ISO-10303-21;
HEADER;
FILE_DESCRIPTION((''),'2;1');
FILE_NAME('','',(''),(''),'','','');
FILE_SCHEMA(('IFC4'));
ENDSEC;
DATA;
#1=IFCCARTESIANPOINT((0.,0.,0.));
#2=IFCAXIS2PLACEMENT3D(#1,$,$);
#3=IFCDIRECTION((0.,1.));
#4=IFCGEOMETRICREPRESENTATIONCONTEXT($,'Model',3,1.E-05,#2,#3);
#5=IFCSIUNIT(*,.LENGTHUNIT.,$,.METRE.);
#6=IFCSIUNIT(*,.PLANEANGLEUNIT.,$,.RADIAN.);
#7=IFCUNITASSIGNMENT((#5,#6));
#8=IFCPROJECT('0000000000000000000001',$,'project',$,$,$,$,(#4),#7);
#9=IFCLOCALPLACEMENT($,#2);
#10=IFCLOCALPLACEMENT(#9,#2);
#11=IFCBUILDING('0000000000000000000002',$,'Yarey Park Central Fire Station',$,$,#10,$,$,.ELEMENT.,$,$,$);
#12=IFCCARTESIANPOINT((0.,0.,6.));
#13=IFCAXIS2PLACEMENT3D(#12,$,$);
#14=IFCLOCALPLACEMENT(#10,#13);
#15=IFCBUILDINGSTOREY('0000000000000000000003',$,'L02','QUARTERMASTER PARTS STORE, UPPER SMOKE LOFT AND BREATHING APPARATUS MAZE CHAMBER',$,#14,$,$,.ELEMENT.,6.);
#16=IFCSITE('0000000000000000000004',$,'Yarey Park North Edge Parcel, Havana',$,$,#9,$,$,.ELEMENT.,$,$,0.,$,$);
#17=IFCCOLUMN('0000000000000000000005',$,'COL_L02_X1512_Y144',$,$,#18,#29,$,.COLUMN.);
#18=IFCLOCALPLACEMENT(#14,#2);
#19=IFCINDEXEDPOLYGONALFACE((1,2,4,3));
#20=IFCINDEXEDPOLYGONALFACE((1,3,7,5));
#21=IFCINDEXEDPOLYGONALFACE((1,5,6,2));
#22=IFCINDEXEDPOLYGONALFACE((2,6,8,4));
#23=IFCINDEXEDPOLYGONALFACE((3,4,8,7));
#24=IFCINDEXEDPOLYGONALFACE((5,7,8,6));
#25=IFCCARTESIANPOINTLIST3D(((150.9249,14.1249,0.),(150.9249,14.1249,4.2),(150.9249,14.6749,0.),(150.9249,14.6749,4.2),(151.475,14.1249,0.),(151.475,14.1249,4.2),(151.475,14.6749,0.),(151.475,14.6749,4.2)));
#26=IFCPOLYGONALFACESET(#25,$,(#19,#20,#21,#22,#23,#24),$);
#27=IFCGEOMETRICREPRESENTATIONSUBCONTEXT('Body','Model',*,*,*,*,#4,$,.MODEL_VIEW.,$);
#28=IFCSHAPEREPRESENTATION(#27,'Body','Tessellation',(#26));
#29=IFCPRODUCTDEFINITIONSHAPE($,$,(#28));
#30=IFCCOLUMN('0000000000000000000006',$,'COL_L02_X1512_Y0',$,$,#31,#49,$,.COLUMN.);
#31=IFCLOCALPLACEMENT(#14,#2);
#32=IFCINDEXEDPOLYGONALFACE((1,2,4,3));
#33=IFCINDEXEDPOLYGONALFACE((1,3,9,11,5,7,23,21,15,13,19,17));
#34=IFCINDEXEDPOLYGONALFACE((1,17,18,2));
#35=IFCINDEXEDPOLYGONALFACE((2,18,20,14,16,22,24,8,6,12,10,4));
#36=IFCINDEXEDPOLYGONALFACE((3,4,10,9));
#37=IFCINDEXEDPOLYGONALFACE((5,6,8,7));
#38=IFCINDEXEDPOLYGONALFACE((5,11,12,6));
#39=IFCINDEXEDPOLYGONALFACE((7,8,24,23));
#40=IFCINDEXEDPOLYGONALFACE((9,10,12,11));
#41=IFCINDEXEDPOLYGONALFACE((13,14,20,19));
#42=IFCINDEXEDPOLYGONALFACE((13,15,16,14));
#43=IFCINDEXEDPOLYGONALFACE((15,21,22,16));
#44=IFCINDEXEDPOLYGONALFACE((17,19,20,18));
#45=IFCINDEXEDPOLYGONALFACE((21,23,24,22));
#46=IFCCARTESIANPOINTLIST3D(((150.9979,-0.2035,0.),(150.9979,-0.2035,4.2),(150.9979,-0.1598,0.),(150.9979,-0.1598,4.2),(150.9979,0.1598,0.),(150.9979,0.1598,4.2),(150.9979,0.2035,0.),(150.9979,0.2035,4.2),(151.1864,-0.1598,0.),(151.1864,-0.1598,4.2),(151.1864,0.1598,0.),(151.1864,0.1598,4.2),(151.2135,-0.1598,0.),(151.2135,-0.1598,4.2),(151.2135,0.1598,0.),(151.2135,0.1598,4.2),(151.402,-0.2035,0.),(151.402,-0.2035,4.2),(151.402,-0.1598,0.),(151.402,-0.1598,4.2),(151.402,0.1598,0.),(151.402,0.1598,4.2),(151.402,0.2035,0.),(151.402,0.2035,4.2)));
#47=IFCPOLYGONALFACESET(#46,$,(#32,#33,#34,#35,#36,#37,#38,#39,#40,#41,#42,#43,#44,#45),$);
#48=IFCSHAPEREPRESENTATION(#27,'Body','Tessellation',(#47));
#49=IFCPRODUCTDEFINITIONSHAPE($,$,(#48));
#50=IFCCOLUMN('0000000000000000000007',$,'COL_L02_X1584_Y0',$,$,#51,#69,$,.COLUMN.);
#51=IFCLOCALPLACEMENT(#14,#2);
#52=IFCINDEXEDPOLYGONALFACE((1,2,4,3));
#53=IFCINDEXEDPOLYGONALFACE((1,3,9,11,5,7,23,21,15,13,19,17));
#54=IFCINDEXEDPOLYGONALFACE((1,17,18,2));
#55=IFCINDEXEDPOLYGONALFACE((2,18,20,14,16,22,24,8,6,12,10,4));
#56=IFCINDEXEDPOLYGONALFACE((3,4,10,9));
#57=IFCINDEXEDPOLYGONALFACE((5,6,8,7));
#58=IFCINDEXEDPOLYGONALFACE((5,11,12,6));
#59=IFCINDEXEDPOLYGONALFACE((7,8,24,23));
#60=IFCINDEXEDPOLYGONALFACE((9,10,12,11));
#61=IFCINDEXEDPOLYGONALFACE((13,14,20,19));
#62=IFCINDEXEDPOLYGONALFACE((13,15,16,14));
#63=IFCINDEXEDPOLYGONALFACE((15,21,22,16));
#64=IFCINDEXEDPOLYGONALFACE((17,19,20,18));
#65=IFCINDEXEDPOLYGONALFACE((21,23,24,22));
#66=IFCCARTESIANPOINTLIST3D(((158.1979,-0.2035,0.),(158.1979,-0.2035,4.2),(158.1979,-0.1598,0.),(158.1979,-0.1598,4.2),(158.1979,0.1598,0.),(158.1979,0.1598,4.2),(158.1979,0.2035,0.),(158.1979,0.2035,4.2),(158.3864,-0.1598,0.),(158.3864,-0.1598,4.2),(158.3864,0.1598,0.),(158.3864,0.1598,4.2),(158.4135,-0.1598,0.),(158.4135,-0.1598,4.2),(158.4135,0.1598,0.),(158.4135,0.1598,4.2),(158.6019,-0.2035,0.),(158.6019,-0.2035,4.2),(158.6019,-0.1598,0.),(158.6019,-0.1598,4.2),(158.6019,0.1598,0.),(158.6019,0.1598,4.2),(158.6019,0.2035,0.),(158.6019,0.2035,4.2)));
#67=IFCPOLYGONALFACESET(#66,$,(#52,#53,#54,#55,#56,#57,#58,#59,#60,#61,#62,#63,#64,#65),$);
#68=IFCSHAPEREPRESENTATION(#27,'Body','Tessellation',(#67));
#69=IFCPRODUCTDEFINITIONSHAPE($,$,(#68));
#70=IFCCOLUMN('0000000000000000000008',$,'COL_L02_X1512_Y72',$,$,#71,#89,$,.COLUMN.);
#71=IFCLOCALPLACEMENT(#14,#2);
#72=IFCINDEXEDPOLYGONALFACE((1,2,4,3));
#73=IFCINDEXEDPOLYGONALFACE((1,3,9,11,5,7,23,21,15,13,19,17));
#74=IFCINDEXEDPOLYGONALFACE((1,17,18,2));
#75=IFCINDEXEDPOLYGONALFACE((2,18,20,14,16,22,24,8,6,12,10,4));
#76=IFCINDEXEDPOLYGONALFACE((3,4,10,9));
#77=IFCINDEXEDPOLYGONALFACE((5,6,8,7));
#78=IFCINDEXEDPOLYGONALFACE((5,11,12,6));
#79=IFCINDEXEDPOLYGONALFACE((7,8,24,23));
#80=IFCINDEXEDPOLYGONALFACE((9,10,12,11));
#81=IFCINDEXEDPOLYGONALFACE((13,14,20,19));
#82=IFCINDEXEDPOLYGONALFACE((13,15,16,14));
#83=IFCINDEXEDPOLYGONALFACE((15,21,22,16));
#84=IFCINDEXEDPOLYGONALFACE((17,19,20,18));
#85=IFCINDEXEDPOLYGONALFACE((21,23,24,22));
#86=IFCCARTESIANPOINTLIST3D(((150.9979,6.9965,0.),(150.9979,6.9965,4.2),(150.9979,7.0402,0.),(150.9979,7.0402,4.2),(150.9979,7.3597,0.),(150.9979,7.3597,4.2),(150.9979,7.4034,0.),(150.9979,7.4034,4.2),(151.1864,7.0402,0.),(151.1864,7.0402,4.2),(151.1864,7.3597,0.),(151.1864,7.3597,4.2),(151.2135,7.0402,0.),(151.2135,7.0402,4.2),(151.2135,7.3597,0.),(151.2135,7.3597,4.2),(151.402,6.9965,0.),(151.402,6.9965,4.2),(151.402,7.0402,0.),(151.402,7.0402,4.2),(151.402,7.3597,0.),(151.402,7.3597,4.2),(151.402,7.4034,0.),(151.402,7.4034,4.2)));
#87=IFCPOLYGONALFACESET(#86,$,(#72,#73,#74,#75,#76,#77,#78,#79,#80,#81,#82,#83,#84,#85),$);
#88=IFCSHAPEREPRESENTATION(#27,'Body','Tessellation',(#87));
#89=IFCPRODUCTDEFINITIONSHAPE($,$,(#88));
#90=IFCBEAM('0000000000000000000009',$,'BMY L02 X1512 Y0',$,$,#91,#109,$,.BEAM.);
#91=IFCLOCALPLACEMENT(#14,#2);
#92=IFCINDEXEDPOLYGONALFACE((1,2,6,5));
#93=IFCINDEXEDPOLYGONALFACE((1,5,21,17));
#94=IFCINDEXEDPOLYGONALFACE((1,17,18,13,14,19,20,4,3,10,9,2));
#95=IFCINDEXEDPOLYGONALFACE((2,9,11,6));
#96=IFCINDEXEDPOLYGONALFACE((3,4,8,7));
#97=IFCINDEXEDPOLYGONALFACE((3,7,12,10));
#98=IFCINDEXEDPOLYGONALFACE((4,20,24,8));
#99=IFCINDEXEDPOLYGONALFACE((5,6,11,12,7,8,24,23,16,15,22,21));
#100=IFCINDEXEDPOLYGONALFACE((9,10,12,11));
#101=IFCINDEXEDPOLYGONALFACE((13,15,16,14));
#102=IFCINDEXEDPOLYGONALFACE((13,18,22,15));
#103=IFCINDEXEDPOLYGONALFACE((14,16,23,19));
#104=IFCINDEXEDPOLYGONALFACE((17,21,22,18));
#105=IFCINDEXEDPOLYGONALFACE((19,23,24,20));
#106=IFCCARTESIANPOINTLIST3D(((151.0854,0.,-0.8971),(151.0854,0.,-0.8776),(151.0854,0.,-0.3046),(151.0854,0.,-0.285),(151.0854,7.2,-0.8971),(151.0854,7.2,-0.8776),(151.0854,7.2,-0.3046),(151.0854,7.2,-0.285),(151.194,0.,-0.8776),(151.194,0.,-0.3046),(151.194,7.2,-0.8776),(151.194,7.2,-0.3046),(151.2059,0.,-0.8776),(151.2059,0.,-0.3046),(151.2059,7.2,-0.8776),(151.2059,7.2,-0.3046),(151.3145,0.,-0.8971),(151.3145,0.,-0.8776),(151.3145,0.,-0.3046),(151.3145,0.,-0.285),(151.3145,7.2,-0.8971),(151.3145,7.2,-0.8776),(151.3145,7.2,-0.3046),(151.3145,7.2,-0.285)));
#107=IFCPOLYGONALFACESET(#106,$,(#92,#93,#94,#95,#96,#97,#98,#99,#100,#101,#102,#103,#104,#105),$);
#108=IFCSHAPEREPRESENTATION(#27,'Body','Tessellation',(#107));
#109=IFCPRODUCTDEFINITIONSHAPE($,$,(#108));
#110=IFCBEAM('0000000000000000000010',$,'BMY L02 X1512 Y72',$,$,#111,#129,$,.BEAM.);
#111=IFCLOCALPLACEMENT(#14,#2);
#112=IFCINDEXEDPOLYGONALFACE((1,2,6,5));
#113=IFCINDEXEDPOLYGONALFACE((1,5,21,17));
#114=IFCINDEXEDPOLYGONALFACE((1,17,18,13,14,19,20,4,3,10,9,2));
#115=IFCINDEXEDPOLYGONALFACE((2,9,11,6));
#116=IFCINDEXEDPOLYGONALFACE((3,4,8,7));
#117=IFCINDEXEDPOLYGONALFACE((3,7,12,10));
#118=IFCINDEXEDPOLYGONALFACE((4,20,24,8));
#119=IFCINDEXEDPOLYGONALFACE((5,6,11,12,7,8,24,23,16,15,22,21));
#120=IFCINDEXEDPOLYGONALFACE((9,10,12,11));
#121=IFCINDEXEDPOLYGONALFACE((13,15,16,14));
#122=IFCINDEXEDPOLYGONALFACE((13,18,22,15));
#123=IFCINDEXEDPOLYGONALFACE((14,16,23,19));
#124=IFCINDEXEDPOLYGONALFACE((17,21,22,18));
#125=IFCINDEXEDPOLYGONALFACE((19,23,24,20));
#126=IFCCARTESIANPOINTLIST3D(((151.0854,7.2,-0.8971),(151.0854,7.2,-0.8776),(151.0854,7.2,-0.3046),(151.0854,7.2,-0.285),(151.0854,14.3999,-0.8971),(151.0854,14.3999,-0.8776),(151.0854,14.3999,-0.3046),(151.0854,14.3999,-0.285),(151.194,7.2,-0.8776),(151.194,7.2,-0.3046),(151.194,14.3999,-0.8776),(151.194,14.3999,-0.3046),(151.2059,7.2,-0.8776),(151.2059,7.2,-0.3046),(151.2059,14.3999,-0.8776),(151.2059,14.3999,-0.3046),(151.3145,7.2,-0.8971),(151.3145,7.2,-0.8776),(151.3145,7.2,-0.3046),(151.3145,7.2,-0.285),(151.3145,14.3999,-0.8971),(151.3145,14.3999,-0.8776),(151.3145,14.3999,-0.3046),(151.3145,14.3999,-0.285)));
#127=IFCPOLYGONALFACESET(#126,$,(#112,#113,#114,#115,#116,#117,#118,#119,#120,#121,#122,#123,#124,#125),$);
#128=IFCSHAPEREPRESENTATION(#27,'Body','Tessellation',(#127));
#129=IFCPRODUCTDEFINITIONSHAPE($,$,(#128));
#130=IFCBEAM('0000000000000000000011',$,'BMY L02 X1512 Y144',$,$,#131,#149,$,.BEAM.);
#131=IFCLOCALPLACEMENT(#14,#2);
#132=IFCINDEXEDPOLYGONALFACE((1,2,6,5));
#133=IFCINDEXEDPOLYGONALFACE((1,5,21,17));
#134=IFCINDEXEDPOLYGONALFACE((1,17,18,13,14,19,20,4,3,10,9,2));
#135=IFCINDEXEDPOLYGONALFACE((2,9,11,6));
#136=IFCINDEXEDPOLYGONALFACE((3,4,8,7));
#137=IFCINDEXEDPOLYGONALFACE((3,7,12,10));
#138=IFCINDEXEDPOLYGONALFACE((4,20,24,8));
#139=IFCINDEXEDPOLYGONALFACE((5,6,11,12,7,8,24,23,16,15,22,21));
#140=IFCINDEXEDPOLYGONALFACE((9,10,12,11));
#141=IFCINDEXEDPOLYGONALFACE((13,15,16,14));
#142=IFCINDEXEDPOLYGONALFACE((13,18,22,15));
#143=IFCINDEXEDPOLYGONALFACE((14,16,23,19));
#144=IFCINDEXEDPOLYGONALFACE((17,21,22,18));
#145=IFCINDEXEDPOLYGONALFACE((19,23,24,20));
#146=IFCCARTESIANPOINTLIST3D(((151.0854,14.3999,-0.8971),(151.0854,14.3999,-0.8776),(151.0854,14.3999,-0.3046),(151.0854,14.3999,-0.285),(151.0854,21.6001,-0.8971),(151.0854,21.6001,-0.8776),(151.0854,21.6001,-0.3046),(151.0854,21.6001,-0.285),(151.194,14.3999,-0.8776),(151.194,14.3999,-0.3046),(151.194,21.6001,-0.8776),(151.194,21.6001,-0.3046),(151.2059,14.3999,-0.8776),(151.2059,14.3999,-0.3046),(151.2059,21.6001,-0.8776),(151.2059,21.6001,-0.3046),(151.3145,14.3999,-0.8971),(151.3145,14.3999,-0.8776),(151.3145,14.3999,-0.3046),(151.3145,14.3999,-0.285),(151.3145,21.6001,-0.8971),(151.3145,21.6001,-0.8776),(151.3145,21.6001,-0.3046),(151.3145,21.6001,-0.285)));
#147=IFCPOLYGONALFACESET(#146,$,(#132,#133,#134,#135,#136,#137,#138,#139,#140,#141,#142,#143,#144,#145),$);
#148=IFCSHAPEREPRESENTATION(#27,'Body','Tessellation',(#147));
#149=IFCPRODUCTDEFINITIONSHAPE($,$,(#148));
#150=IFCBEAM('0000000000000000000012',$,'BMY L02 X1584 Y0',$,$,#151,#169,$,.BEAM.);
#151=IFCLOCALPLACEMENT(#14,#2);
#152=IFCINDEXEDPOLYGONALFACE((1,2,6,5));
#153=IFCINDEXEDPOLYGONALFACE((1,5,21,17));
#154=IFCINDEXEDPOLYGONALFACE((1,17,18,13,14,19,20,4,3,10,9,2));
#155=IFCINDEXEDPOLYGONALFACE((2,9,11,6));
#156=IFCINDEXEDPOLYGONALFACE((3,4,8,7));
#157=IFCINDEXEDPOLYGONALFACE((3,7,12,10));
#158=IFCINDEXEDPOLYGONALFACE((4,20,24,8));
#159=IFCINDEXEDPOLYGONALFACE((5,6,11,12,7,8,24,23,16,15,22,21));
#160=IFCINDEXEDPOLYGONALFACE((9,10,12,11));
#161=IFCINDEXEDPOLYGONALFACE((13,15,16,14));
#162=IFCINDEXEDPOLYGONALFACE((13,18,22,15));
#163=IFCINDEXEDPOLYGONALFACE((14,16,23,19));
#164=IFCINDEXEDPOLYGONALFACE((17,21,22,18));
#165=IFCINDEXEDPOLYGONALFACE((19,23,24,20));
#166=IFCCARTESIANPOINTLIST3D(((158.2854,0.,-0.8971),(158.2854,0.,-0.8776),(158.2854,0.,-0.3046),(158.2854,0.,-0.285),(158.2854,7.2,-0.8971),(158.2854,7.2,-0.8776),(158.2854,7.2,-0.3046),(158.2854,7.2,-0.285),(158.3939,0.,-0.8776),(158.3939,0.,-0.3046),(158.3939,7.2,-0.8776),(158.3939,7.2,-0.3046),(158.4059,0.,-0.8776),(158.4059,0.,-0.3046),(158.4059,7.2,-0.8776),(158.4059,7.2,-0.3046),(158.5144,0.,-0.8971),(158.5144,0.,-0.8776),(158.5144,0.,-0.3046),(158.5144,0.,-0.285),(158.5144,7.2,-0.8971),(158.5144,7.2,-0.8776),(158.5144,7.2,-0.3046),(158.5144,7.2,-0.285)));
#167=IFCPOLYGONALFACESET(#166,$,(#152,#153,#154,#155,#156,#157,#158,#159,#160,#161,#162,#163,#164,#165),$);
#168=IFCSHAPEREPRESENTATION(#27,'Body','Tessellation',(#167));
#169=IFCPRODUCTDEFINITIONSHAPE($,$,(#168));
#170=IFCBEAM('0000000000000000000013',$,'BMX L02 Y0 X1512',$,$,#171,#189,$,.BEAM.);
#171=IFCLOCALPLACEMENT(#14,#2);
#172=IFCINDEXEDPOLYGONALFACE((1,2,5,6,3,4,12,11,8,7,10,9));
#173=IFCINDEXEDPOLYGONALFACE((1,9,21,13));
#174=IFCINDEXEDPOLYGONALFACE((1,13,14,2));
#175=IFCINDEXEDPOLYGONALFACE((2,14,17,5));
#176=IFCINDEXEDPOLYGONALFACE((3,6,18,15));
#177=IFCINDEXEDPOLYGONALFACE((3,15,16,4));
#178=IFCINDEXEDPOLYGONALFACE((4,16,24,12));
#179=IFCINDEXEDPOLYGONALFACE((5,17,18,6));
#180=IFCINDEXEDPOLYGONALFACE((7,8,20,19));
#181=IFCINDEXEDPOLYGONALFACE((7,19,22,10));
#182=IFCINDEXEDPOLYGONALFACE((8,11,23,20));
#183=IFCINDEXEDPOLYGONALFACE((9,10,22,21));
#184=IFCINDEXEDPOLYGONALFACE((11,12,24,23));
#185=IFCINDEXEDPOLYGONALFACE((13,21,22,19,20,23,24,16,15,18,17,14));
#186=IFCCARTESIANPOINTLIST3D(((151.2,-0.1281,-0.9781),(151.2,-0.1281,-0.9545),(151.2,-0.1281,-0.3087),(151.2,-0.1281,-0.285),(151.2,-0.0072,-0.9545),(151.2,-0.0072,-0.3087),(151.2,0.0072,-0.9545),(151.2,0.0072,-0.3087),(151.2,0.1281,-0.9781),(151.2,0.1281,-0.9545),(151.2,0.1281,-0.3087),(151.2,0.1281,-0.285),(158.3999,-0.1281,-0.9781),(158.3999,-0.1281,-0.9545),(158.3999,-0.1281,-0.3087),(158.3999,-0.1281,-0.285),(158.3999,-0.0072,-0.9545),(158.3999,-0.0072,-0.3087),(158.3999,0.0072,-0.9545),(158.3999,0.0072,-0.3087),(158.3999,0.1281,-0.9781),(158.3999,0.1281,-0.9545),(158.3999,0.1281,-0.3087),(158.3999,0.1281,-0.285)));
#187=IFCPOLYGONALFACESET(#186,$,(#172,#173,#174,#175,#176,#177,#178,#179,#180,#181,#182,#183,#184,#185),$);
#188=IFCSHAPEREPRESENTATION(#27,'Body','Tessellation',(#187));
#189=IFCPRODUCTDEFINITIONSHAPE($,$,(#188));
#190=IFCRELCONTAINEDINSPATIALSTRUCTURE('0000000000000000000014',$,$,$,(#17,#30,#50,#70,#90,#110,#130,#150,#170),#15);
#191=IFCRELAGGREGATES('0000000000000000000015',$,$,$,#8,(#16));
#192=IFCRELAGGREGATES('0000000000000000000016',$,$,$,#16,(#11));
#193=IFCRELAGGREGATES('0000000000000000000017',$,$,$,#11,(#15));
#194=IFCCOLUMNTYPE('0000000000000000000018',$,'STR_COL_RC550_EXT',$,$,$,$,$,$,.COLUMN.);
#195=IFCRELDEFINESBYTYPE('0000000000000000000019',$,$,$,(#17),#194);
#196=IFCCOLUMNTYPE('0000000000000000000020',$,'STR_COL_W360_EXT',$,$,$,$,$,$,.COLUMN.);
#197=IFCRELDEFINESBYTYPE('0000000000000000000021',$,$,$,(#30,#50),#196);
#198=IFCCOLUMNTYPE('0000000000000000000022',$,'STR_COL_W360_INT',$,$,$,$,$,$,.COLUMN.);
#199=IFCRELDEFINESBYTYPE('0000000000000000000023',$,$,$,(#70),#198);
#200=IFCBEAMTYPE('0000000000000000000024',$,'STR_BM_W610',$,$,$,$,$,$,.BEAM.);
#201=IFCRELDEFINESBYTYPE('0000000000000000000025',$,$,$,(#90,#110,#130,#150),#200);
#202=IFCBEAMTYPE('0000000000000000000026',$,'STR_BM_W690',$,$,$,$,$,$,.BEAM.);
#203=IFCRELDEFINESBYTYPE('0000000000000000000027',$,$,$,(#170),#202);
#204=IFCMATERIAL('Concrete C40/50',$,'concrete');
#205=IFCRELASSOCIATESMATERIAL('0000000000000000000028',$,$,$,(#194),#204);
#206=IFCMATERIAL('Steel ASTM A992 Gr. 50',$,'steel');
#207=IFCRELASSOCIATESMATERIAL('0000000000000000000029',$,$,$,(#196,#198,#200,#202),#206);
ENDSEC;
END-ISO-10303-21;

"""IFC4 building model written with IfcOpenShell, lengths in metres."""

from ifc_helpers import new_model, si_unit, direction, frame, origin, origin_2d, place, context, subcontext, project, spatial, rectangle, i_section, extrude, material, material_profile, profile_set, type_object, element, save


model = new_model("IFC4")

# Units and contexts
model_context = context("Model", 3, precision=1e-05, world=origin(), true_north=direction((0.0, 1.0)))
body_context = subcontext(model_context, "Body", "Model", "MODEL_VIEW")
ifc_project = project(units=[si_unit("LENGTHUNIT", "METRE"), si_unit("PLANEANGLEUNIT", "RADIAN")], contexts=[model_context])

# Site, building, storey
site_placement = place(None, origin())
site = spatial("IfcSite", under=ifc_project, at=site_placement, Name="Yarey Park North Edge Parcel, Havana", CompositionType="ELEMENT", RefElevation=0.0)
building_placement = place(site_placement, origin())
building = spatial("IfcBuilding", under=site, at=building_placement, Name="Yarey Park Central Fire Station", CompositionType="ELEMENT")
storey_placement = place(building_placement, frame((0.0, 0.0, 6.0)))
storey = spatial("IfcBuildingStorey", under=building, at=storey_placement, Name="L02", Description="QUARTERMASTER PARTS STORE, UPPER SMOKE LOFT AND BREATHING APPARATUS MAZE CHAMBER", CompositionType="ELEMENT", Elevation=6.0)

# Columns
ifc_material_1 = material(Name="Concrete C40/50", Category="concrete")
ifc_material_profile_1 = material_profile(ifc_material_1, rectangle(XDim=0.55, YDim=0.55, at=origin_2d()), Name="RC 550x550")
ifc_profile_set_1 = profile_set([ifc_material_profile_1], Name="Concrete C40/50")
column_type_1 = type_object("IfcColumnType", Name="STR_COL_RC550_EXT", PredefinedType="COLUMN", material=ifc_profile_set_1)
column_1_placement = place(storey_placement, frame((151.2, 14.3999, 0.0), z_axis=(0.0, 0.0, 1.0), x_axis=(1.0, 0.0, 0.0)))
element("IfcColumn", 1, at=column_1_placement, inside=storey, type_object=column_type_1, Name="COL_L02_X1512_Y144", PredefinedType="COLUMN", context=body_context, shape_type="SweptSolid", body=[
    extrude(rectangle(XDim=0.55, YDim=0.55, at=origin_2d()), origin(), (0.0, 0.0, 1.0), 4.2),
])
ifc_material_2 = material(Name="Steel ASTM A992 Gr. 50", Category="steel")
ifc_material_profile_2 = material_profile(ifc_material_2, i_section(OverallWidth=0.4041, OverallDepth=0.407, WebThickness=0.0271, FlangeThickness=0.0437, at=origin_2d()), Name="W360x347")
ifc_profile_set_2 = profile_set([ifc_material_profile_2], Name="Steel ASTM A992 Gr. 50")
column_type_2 = type_object("IfcColumnType", Name="STR_COL_W360_EXT", PredefinedType="COLUMN", material=ifc_profile_set_2)
for number, where, z_axis, x_axis, name in (
    (2, (151.2, 0.0, 0.0), (0.0, 0.0, 1.0), (1.0, 0.0, 0.0), "COL_L02_X1512_Y0"),
    (3, (158.3999, 0.0, 0.0), (0.0, 0.0, 1.0), (1.0, 0.0, 0.0), "COL_L02_X1584_Y0"),
):
    element("IfcColumn", number, at=place(storey_placement, frame(where, z_axis=z_axis, x_axis=x_axis)), inside=storey, type_object=column_type_2, Name=name, PredefinedType="COLUMN", context=body_context, shape_type="SweptSolid", body=[
        extrude(i_section(OverallWidth=0.4041, OverallDepth=0.407, WebThickness=0.0271, FlangeThickness=0.0437, at=origin_2d()), origin(), (0.0, 0.0, 1.0), 4.2),
    ])
ifc_material_profile_3 = material_profile(ifc_material_2, i_section(OverallWidth=0.4041, OverallDepth=0.407, WebThickness=0.0271, FlangeThickness=0.0437, at=origin_2d()), Name="W360x347")
ifc_profile_set_3 = profile_set([ifc_material_profile_3], Name="Steel ASTM A992 Gr. 50")
column_type_3 = type_object("IfcColumnType", Name="STR_COL_W360_INT", PredefinedType="COLUMN", material=ifc_profile_set_3)
column_2_placement = place(storey_placement, frame((151.2, 7.2, 0.0), z_axis=(0.0, 0.0, 1.0), x_axis=(1.0, 0.0, 0.0)))
element("IfcColumn", 4, at=column_2_placement, inside=storey, type_object=column_type_3, Name="COL_L02_X1512_Y72", PredefinedType="COLUMN", context=body_context, shape_type="SweptSolid", body=[
    extrude(i_section(OverallWidth=0.4041, OverallDepth=0.407, WebThickness=0.0271, FlangeThickness=0.0437, at=origin_2d()), origin(), (0.0, 0.0, 1.0), 4.2),
])

# Beams
ifc_material_profile_4 = material_profile(ifc_material_2, i_section(OverallWidth=0.229, OverallDepth=0.6121, WebThickness=0.012, FlangeThickness=0.0195, at=origin_2d()), Name="W610x125")
ifc_profile_set_4 = profile_set([ifc_material_profile_4], Name="Steel ASTM A992 Gr. 50")
beam_type_1 = type_object("IfcBeamType", Name="STR_BM_W610", PredefinedType="BEAM", material=ifc_profile_set_4)
for number, where, z_axis, x_axis, name in (
    (5, (151.2, 0.0, -0.5911), (0.0, 1.0, 0.0), (-1.0, 0.0, 0.0), "BMY L02 X1512 Y0"),
    (6, (151.2, 7.2, -0.5911), (0.0, 1.0, 0.0), (-1.0, 0.0, 0.0), "BMY L02 X1512 Y72"),
):
    element("IfcBeam", number, at=place(storey_placement, frame(where, z_axis=z_axis, x_axis=x_axis)), inside=storey, type_object=beam_type_1, Name=name, PredefinedType="BEAM", context=body_context, shape_type="SweptSolid", body=[
        extrude(i_section(OverallWidth=0.229, OverallDepth=0.6121, WebThickness=0.012, FlangeThickness=0.0195, at=origin_2d()), origin(), (0.0, 0.0, 1.0), 7.2),
    ])
beam_1_placement = place(storey_placement, frame((151.2, 14.3999, -0.5911), z_axis=(0.0, 1.0, 0.0), x_axis=(-1.0, 0.0, 0.0)))
element("IfcBeam", 7, at=beam_1_placement, inside=storey, type_object=beam_type_1, Name="BMY L02 X1512 Y144", PredefinedType="BEAM", context=body_context, shape_type="SweptSolid", body=[
    extrude(i_section(OverallWidth=0.229, OverallDepth=0.6121, WebThickness=0.012, FlangeThickness=0.0195, at=origin_2d()), origin(), (0.0, 0.0, 1.0), 7.2002),
])
beam_2_placement = place(storey_placement, frame((158.3999, 0.0, -0.5911), z_axis=(0.0, 1.0, 0.0), x_axis=(-1.0, 0.0, 0.0)))
element("IfcBeam", 8, at=beam_2_placement, inside=storey, type_object=beam_type_1, Name="BMY L02 X1584 Y0", PredefinedType="BEAM", context=body_context, shape_type="SweptSolid", body=[
    extrude(i_section(OverallWidth=0.229, OverallDepth=0.6121, WebThickness=0.012, FlangeThickness=0.0195, at=origin_2d()), origin(), (0.0, 0.0, 1.0), 7.2),
])
ifc_material_profile_5 = material_profile(ifc_material_2, i_section(OverallWidth=0.2561, OverallDepth=0.6931, WebThickness=0.0144, FlangeThickness=0.0237, at=origin_2d()), Name="W690x170")
ifc_profile_set_5 = profile_set([ifc_material_profile_5], Name="Steel ASTM A992 Gr. 50")
beam_type_2 = type_object("IfcBeamType", Name="STR_BM_W690", PredefinedType="BEAM", material=ifc_profile_set_5)
beam_3_placement = place(storey_placement, frame((151.2, 0.0, -0.6316), z_axis=(1.0, 0.0, 0.0), x_axis=(0.0, 1.0, 0.0)))
element("IfcBeam", 9, at=beam_3_placement, inside=storey, type_object=beam_type_2, Name="BMX L02 Y0 X1512", PredefinedType="BEAM", context=body_context, shape_type="SweptSolid", body=[
    extrude(i_section(OverallWidth=0.2561, OverallDepth=0.6931, WebThickness=0.0144, FlangeThickness=0.0237, at=origin_2d()), origin(), (0.0, 0.0, 1.0), 7.2),
])

save(model, "model.ifc")
